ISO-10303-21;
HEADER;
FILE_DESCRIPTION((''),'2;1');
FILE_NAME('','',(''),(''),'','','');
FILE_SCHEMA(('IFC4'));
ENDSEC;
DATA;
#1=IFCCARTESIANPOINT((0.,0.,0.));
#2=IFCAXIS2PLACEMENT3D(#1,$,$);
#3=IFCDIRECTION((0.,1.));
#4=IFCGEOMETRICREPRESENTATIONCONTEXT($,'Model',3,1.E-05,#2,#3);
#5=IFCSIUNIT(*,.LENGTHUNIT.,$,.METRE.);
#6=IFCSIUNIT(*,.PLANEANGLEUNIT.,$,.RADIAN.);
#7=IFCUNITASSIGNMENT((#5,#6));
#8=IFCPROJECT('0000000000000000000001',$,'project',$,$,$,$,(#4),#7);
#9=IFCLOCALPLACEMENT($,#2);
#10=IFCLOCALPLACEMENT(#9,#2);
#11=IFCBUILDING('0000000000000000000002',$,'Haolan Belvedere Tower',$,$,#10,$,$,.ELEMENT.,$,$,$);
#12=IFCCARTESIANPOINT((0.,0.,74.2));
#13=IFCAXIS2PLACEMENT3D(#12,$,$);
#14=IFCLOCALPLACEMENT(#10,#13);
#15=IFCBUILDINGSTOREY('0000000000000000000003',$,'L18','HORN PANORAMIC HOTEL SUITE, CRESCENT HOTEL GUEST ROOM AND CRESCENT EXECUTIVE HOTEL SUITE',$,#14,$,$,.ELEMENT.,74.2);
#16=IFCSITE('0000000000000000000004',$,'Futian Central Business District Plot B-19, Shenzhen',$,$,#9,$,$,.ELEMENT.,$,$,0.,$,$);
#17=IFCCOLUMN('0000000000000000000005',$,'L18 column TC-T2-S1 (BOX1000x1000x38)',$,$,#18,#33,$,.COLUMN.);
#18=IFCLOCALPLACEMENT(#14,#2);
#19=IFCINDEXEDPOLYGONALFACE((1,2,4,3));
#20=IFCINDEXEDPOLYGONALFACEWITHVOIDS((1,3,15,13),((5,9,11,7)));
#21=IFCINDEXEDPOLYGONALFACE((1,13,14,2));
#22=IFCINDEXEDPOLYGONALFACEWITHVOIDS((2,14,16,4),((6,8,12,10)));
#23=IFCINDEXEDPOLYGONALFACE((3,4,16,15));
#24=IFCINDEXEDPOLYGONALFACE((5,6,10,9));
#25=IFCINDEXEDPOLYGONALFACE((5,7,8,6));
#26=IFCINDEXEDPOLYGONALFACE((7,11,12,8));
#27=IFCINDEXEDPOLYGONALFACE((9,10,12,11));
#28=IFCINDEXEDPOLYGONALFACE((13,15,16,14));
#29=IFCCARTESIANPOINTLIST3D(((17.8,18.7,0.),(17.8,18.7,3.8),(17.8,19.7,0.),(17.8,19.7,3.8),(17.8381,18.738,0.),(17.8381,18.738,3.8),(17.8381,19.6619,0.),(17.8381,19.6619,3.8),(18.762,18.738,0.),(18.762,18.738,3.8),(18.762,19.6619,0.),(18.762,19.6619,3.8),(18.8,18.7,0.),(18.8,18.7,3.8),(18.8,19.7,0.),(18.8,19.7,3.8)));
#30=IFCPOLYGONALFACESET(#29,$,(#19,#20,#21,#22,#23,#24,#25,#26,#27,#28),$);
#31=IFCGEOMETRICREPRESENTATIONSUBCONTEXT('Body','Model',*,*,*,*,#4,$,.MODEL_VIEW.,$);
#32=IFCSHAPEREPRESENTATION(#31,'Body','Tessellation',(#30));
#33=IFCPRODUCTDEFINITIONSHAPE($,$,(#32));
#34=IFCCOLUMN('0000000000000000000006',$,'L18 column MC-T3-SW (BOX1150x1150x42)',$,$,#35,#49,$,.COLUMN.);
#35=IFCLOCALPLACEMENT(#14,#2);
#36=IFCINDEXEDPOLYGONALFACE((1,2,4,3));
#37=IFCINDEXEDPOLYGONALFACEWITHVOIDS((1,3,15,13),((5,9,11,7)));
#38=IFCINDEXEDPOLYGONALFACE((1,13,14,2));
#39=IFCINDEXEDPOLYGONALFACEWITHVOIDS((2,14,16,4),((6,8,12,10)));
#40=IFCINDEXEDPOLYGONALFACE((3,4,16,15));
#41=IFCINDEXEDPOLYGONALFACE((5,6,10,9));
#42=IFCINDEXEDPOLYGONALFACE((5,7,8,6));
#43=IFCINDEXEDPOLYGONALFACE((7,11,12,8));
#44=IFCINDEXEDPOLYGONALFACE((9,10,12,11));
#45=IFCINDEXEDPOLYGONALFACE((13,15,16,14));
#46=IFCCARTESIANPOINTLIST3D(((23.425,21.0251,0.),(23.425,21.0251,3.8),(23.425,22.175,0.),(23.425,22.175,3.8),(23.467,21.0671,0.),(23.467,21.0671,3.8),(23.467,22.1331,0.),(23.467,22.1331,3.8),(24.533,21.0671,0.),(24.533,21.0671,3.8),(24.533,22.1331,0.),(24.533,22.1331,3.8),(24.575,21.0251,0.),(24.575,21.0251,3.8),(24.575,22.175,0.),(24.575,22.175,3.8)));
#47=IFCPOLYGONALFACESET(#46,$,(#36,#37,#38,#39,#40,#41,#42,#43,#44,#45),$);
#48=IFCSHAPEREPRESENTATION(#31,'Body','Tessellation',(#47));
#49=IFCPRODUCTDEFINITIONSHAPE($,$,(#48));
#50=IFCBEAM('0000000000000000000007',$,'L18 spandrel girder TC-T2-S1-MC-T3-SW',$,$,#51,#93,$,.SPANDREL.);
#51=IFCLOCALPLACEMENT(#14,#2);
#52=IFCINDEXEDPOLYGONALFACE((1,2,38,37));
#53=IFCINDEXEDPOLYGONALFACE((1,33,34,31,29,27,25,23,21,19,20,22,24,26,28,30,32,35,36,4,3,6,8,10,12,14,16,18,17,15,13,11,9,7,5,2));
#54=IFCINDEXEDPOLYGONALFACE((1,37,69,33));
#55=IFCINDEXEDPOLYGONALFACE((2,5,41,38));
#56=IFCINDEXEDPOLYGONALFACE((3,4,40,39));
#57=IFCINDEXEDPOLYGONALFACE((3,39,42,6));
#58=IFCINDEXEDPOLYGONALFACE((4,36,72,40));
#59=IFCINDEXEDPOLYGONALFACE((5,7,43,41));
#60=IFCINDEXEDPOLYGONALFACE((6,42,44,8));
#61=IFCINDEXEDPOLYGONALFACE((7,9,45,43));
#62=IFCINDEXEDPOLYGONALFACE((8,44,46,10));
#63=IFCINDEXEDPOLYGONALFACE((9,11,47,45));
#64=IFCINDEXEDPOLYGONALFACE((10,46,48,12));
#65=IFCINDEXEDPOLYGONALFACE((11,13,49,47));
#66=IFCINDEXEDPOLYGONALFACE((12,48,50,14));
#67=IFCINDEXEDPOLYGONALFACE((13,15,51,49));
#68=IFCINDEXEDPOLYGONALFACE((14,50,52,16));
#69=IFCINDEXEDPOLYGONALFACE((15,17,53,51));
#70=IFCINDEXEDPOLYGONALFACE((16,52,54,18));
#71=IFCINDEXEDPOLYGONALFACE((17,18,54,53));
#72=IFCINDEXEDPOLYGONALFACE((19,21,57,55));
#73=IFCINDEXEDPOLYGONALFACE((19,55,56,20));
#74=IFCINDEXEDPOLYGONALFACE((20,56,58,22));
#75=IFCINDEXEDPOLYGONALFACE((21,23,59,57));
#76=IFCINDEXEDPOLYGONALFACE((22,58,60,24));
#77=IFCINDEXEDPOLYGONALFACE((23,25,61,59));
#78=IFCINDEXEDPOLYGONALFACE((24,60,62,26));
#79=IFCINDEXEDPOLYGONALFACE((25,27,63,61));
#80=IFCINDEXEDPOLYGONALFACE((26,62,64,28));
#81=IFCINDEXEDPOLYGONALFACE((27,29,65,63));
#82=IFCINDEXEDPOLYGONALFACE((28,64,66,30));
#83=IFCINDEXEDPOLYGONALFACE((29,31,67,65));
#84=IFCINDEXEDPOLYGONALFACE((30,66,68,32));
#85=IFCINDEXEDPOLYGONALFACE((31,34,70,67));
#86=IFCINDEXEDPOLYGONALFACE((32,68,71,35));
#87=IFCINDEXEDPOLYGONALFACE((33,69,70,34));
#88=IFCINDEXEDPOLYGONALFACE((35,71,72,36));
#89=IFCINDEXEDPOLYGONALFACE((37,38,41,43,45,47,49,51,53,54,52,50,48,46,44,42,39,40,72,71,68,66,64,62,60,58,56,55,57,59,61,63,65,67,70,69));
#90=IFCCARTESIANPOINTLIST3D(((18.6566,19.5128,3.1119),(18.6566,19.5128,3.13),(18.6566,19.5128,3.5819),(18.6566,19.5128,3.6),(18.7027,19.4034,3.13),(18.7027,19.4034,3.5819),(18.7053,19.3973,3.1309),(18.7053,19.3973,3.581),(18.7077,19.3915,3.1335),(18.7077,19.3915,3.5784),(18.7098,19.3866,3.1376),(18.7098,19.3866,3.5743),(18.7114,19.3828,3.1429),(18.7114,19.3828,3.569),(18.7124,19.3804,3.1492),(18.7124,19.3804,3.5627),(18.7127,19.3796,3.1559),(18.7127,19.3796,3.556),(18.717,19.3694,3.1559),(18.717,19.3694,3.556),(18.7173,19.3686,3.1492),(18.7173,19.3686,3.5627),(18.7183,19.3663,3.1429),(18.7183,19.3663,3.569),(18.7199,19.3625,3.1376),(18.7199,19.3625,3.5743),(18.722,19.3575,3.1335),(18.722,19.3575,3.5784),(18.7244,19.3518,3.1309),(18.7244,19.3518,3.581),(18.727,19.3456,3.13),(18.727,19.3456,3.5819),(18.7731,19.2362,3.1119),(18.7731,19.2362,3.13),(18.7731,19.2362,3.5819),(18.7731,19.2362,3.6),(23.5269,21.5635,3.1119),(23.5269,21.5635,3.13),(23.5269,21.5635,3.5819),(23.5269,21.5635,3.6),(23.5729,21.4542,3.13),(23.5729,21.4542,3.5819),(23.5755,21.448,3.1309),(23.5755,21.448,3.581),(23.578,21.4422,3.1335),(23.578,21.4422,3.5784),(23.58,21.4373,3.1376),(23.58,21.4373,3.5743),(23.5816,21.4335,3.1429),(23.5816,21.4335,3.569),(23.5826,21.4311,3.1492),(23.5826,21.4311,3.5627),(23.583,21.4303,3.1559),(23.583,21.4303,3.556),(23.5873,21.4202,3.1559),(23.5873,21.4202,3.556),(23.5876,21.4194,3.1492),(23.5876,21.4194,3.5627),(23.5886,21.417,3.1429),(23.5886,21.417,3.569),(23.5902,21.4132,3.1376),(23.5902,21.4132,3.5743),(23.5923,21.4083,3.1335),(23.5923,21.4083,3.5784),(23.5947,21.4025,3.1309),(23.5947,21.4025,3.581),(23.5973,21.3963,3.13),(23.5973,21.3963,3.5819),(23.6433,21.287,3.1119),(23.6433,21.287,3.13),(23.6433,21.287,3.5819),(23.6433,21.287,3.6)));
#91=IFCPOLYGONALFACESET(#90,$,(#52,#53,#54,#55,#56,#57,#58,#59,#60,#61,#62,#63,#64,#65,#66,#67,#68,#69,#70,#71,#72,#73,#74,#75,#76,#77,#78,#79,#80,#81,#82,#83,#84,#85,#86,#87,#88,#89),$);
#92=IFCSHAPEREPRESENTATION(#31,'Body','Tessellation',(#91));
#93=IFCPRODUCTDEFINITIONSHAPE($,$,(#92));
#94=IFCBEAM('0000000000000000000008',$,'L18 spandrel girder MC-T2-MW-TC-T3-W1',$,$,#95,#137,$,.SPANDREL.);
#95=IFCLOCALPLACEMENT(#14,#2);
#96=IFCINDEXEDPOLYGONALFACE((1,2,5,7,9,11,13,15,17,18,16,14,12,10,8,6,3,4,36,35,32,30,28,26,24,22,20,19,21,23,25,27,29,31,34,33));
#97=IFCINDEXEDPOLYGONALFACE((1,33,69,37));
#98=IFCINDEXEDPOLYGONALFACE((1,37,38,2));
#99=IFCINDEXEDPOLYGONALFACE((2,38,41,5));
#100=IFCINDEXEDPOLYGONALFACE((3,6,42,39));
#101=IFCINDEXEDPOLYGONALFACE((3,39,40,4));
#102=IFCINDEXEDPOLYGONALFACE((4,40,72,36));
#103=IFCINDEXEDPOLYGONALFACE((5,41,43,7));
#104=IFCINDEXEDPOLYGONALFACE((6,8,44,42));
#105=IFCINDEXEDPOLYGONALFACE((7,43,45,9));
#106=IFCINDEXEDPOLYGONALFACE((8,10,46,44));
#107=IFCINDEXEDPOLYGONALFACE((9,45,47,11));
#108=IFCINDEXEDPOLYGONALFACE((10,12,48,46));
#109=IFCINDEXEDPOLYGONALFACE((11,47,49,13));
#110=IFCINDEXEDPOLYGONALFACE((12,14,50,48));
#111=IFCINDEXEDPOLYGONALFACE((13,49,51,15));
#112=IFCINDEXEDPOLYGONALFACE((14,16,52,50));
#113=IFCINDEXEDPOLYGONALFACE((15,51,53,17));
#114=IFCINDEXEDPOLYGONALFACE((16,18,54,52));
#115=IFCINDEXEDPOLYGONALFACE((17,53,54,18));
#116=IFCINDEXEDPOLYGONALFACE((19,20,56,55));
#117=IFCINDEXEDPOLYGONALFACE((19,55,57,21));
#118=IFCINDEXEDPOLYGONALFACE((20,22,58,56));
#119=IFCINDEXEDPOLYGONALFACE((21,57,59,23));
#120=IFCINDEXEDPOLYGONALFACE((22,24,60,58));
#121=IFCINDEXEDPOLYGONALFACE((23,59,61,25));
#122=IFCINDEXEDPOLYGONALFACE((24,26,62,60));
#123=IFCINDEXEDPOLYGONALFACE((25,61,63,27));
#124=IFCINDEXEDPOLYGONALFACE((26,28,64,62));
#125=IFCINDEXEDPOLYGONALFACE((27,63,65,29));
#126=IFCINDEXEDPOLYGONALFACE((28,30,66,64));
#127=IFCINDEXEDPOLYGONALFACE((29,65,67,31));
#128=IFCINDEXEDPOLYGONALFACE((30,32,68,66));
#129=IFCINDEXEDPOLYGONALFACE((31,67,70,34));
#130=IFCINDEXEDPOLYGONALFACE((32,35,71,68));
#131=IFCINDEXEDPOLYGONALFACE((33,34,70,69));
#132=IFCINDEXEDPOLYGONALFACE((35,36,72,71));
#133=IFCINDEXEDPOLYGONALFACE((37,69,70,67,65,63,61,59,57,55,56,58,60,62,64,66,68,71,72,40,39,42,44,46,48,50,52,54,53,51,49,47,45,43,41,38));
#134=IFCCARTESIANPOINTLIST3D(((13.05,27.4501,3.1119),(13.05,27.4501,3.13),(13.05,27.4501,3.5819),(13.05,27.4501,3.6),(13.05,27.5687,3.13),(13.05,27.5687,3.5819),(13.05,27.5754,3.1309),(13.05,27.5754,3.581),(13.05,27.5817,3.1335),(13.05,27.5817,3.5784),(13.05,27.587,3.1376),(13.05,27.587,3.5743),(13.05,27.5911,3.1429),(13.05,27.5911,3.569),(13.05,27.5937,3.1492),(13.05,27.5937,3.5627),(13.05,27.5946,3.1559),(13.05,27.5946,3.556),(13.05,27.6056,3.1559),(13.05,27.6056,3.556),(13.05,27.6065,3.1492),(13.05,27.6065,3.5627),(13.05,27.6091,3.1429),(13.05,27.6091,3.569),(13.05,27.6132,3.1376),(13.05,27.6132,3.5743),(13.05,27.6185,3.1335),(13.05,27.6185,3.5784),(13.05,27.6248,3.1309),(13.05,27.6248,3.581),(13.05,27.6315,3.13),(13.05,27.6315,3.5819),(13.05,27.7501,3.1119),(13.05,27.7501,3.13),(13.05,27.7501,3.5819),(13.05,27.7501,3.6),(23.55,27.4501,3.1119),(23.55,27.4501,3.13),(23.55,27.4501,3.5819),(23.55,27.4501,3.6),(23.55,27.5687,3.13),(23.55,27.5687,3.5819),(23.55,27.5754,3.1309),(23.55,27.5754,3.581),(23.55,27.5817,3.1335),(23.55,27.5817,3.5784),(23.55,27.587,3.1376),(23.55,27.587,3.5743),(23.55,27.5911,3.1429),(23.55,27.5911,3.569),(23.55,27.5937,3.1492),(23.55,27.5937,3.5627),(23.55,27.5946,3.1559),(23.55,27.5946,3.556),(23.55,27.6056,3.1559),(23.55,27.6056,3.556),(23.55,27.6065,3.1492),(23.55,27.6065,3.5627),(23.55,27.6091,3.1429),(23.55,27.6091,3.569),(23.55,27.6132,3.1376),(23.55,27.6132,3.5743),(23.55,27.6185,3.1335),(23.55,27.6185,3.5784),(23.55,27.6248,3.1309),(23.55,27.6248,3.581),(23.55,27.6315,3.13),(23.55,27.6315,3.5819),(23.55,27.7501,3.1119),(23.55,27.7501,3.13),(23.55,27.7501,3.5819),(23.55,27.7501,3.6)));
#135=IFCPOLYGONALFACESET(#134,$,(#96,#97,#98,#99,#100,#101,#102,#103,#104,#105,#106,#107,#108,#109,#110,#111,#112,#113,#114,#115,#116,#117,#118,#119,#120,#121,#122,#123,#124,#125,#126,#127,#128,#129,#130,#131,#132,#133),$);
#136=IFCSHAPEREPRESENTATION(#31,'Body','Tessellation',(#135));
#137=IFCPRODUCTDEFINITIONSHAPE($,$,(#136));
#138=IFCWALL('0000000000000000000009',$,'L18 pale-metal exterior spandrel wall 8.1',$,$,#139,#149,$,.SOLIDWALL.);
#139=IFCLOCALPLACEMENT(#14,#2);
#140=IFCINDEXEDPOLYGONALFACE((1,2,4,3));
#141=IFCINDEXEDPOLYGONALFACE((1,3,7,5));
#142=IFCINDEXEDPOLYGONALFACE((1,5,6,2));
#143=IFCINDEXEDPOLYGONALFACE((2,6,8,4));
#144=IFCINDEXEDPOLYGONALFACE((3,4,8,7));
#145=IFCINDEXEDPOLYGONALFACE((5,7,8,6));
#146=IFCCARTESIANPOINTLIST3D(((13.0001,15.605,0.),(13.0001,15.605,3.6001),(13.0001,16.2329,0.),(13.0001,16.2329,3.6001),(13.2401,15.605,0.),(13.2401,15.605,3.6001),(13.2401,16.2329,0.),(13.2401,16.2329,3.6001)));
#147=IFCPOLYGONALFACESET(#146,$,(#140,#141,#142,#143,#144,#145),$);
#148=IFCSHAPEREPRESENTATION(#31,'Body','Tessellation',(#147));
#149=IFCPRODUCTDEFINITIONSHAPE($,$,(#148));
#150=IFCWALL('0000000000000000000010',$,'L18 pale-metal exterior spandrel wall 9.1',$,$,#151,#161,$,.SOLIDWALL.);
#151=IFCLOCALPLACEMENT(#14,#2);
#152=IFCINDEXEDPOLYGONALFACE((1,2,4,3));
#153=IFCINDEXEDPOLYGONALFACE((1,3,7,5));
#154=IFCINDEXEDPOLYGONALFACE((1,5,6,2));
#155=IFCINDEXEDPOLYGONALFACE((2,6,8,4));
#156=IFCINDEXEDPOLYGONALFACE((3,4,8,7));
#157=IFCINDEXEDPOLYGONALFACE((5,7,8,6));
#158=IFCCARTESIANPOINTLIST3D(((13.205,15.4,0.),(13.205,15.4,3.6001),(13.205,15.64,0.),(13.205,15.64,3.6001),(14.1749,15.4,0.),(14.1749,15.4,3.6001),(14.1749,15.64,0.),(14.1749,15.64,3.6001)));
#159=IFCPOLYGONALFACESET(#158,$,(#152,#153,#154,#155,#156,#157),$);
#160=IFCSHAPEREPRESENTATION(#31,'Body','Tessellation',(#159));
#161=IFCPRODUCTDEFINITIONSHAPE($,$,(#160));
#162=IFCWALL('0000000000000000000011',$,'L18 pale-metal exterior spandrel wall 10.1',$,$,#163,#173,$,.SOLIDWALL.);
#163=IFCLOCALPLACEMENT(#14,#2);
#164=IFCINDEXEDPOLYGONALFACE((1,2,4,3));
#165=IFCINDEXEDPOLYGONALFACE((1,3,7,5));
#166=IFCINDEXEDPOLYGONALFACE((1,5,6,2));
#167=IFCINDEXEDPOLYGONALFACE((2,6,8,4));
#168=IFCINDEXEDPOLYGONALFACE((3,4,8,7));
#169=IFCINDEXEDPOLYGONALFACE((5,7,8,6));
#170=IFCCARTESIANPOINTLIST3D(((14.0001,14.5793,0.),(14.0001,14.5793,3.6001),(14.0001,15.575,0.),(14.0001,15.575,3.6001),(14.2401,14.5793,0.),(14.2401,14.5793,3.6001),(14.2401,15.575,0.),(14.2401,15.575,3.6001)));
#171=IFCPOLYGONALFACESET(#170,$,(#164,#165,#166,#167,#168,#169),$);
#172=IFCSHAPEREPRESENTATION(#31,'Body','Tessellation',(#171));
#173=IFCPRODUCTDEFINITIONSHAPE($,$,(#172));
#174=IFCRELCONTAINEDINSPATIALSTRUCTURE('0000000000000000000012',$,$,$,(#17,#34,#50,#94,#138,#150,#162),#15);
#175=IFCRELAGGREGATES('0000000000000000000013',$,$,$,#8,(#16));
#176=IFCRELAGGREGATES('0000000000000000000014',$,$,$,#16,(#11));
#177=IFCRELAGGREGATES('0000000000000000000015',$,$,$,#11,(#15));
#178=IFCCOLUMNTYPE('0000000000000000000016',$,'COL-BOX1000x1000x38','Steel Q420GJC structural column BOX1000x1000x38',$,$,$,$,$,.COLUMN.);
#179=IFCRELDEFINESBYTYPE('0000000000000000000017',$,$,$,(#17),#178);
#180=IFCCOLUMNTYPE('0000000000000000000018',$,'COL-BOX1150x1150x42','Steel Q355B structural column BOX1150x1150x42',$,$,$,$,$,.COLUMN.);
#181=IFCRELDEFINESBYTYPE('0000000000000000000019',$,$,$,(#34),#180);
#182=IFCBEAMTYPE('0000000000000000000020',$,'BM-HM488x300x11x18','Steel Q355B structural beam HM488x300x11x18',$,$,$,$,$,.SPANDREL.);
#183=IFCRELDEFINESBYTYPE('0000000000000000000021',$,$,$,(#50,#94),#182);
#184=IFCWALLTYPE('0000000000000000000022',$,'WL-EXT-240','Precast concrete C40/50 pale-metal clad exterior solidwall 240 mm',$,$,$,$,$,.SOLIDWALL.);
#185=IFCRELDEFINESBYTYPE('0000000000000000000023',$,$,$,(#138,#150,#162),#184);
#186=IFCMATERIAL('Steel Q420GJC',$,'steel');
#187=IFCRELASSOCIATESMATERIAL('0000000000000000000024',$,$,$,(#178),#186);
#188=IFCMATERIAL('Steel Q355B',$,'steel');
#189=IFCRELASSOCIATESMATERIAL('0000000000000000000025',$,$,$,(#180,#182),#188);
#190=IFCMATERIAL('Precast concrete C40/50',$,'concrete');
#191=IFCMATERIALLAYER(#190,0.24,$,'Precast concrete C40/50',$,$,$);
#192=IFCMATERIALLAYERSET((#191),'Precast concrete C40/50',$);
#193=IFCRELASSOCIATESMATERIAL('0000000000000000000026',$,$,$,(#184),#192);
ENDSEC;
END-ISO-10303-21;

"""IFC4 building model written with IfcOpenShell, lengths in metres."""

from ifc_helpers import new_model, si_unit, direction, frame, frame_2d, origin, origin_2d, place, context, subcontext, project, spatial, rectangle, hollow_rectangle, i_section, extrude, material, layer, layer_set, material_profile, profile_set, type_object, element, save


model = new_model("IFC4")

# Units and contexts
model_context = context("Model", 3, precision=1e-05, world=origin(), true_north=direction((0.0, 1.0)))
body_context = subcontext(model_context, "Body", "Model", "MODEL_VIEW")
ifc_project = project(units=[si_unit("LENGTHUNIT", "METRE"), si_unit("PLANEANGLEUNIT", "RADIAN")], contexts=[model_context])

# Site, building, storey
site_placement = place(None, origin())
site = spatial("IfcSite", under=ifc_project, at=site_placement, Name="Futian Central Business District Plot B-19, Shenzhen", CompositionType="ELEMENT", RefElevation=0.0)
building_placement = place(site_placement, origin())
building = spatial("IfcBuilding", under=site, at=building_placement, Name="Haolan Belvedere Tower", CompositionType="ELEMENT")
storey_placement = place(building_placement, frame((0.0, 0.0, 74.2)))
storey = spatial("IfcBuildingStorey", under=building, at=storey_placement, Name="L18", Description="HORN PANORAMIC HOTEL SUITE, CRESCENT HOTEL GUEST ROOM AND CRESCENT EXECUTIVE HOTEL SUITE", CompositionType="ELEMENT", Elevation=74.2)

# Columns
ifc_material_1 = material(Name="Steel Q420GJC", Category="steel")
ifc_material_profile_1 = material_profile(ifc_material_1, hollow_rectangle(XDim=1.0, YDim=1.0, WallThickness=0.0381, at=origin_2d()), Name="Steel Q420GJC")
ifc_profile_set_1 = profile_set([ifc_material_profile_1], Name="Steel Q420GJC")
column_type_1 = type_object("IfcColumnType", Name="COL-BOX1000x1000x38", Description="Steel Q420GJC structural column BOX1000x1000x38", PredefinedType="COLUMN", material=ifc_profile_set_1)
column_1_placement = place(storey_placement, frame((18.3, 19.2, 0.0), z_axis=(0.0, 0.0, 1.0), x_axis=(1.0, 0.0, 0.0)))
element("IfcColumn", 1, at=column_1_placement, inside=storey, type_object=column_type_1, Name="L18 column TC-T2-S1 (BOX1000x1000x38)", PredefinedType="COLUMN", context=body_context, shape_type="SweptSolid", body=[
    extrude(hollow_rectangle(XDim=1.0, YDim=1.0, WallThickness=0.0381, at=origin_2d()), origin(), (0.0, 0.0, 1.0), 3.8),
])
ifc_material_2 = material(Name="Steel Q355B", Category="steel")
ifc_material_profile_2 = material_profile(ifc_material_2, hollow_rectangle(XDim=1.1499, YDim=1.1499, WallThickness=0.042, at=origin_2d()), Name="Steel Q355B")
ifc_profile_set_2 = profile_set([ifc_material_profile_2], Name="Steel Q355B")
column_type_2 = type_object("IfcColumnType", Name="COL-BOX1150x1150x42", Description="Steel Q355B structural column BOX1150x1150x42", PredefinedType="COLUMN", material=ifc_profile_set_2)
column_2_placement = place(storey_placement, frame((24.0, 21.6001, 0.0), z_axis=(0.0, 0.0, 1.0), x_axis=(1.0, 0.0, 0.0)))
element("IfcColumn", 2, at=column_2_placement, inside=storey, type_object=column_type_2, Name="L18 column MC-T3-SW (BOX1150x1150x42)", PredefinedType="COLUMN", context=body_context, shape_type="SweptSolid", body=[
    extrude(hollow_rectangle(XDim=1.1499, YDim=1.1499, WallThickness=0.042, at=origin_2d()), origin(), (0.0, 0.0, 1.0), 3.8),
])

# Beams
ifc_material_profile_3 = material_profile(ifc_material_2, i_section(OverallWidth=0.3, OverallDepth=0.488, WebThickness=0.011, FlangeThickness=0.0181, FilletRadius=0.0259, at=origin_2d()), Name="Steel Q355B")
ifc_profile_set_3 = profile_set([ifc_material_profile_3], Name="Steel Q355B")
beam_type = type_object("IfcBeamType", Name="BM-HM488x300x11x18", Description="Steel Q355B structural beam HM488x300x11x18", PredefinedType="SPANDREL", material=ifc_profile_set_3)
beam_1_placement = place(storey_placement, frame((18.7148, 19.3745, 3.356), z_axis=(0.921628, 0.388074, 0.0), x_axis=(-0.388074, 0.921628, 0.0)))
element("IfcBeam", 3, at=beam_1_placement, inside=storey, type_object=beam_type, Name="L18 spandrel girder TC-T2-S1-MC-T3-SW", PredefinedType="SPANDREL", context=body_context, shape_type="SweptSolid", body=[
    extrude(i_section(OverallWidth=0.3, OverallDepth=0.488, WebThickness=0.011, FlangeThickness=0.0181, FilletRadius=0.0259, at=origin_2d()), origin(), (0.0, 0.0, 1.0), 5.2844),
])
beam_2_placement = place(storey_placement, frame((13.05, 27.6001, 3.356), z_axis=(1.0, 0.0, 0.0), x_axis=(0.0, 1.0, 0.0)))
element("IfcBeam", 4, at=beam_2_placement, inside=storey, type_object=beam_type, Name="L18 spandrel girder MC-T2-MW-TC-T3-W1", PredefinedType="SPANDREL", context=body_context, shape_type="SweptSolid", body=[
    extrude(i_section(OverallWidth=0.3, OverallDepth=0.488, WebThickness=0.011, FlangeThickness=0.0181, FilletRadius=0.0259, at=origin_2d()), origin(), (0.0, 0.0, 1.0), 10.5),
])

# Walls
ifc_material_3 = material(Name="Precast concrete C40/50", Category="concrete")
ifc_layer_1 = layer(ifc_material_3, 0.24, Name="Precast concrete C40/50")
ifc_layer_set_1 = layer_set([ifc_layer_1], Name="Precast concrete C40/50")
wall_type_1 = type_object("IfcWallType", Name="WL-EXT-240", Description="Precast concrete C40/50 pale-metal clad exterior solidwall 240 mm", PredefinedType="SOLIDWALL", material=ifc_layer_set_1)
wall_1_placement = place(storey_placement, frame((13.1201, 16.2329, 0.0), z_axis=(0.0, 0.0, 1.0), x_axis=(0.0, -1.0, 0.0)))
element("IfcWall", 5, at=wall_1_placement, inside=storey, type_object=wall_type_1, Name="L18 pale-metal exterior spandrel wall 8.1", PredefinedType="SOLIDWALL", context=body_context, shape_type="SweptSolid", body=[
    extrude(rectangle(XDim=0.6279, YDim=0.24, at=frame_2d((0.314, 0.0))), origin(), (0.0, 0.0, 1.0), 3.6001),
])
wall_2_placement = place(storey_placement, frame((13.2051, 15.52, 0.0), z_axis=(0.0, 0.0, 1.0), x_axis=(1.0, 0.0, 0.0)))
element("IfcWall", 6, at=wall_2_placement, inside=storey, type_object=wall_type_1, Name="L18 pale-metal exterior spandrel wall 9.1", PredefinedType="SOLIDWALL", context=body_context, shape_type="SweptSolid", body=[
    extrude(rectangle(XDim=0.97, YDim=0.24, at=frame_2d((0.4849, 0.0))), origin(), (0.0, 0.0, 1.0), 3.6001),
])
wall_3_placement = place(storey_placement, frame((14.1201, 15.575, 0.0), z_axis=(0.0, 0.0, 1.0), x_axis=(0.0, -1.0, 0.0)))
element("IfcWall", 7, at=wall_3_placement, inside=storey, type_object=wall_type_1, Name="L18 pale-metal exterior spandrel wall 10.1", PredefinedType="SOLIDWALL", context=body_context, shape_type="SweptSolid", body=[
    extrude(rectangle(XDim=0.9956, YDim=0.24, at=frame_2d((0.4978, 0.0))), origin(), (0.0, 0.0, 1.0), 3.6001),
])

save(model, "model.ifc")
